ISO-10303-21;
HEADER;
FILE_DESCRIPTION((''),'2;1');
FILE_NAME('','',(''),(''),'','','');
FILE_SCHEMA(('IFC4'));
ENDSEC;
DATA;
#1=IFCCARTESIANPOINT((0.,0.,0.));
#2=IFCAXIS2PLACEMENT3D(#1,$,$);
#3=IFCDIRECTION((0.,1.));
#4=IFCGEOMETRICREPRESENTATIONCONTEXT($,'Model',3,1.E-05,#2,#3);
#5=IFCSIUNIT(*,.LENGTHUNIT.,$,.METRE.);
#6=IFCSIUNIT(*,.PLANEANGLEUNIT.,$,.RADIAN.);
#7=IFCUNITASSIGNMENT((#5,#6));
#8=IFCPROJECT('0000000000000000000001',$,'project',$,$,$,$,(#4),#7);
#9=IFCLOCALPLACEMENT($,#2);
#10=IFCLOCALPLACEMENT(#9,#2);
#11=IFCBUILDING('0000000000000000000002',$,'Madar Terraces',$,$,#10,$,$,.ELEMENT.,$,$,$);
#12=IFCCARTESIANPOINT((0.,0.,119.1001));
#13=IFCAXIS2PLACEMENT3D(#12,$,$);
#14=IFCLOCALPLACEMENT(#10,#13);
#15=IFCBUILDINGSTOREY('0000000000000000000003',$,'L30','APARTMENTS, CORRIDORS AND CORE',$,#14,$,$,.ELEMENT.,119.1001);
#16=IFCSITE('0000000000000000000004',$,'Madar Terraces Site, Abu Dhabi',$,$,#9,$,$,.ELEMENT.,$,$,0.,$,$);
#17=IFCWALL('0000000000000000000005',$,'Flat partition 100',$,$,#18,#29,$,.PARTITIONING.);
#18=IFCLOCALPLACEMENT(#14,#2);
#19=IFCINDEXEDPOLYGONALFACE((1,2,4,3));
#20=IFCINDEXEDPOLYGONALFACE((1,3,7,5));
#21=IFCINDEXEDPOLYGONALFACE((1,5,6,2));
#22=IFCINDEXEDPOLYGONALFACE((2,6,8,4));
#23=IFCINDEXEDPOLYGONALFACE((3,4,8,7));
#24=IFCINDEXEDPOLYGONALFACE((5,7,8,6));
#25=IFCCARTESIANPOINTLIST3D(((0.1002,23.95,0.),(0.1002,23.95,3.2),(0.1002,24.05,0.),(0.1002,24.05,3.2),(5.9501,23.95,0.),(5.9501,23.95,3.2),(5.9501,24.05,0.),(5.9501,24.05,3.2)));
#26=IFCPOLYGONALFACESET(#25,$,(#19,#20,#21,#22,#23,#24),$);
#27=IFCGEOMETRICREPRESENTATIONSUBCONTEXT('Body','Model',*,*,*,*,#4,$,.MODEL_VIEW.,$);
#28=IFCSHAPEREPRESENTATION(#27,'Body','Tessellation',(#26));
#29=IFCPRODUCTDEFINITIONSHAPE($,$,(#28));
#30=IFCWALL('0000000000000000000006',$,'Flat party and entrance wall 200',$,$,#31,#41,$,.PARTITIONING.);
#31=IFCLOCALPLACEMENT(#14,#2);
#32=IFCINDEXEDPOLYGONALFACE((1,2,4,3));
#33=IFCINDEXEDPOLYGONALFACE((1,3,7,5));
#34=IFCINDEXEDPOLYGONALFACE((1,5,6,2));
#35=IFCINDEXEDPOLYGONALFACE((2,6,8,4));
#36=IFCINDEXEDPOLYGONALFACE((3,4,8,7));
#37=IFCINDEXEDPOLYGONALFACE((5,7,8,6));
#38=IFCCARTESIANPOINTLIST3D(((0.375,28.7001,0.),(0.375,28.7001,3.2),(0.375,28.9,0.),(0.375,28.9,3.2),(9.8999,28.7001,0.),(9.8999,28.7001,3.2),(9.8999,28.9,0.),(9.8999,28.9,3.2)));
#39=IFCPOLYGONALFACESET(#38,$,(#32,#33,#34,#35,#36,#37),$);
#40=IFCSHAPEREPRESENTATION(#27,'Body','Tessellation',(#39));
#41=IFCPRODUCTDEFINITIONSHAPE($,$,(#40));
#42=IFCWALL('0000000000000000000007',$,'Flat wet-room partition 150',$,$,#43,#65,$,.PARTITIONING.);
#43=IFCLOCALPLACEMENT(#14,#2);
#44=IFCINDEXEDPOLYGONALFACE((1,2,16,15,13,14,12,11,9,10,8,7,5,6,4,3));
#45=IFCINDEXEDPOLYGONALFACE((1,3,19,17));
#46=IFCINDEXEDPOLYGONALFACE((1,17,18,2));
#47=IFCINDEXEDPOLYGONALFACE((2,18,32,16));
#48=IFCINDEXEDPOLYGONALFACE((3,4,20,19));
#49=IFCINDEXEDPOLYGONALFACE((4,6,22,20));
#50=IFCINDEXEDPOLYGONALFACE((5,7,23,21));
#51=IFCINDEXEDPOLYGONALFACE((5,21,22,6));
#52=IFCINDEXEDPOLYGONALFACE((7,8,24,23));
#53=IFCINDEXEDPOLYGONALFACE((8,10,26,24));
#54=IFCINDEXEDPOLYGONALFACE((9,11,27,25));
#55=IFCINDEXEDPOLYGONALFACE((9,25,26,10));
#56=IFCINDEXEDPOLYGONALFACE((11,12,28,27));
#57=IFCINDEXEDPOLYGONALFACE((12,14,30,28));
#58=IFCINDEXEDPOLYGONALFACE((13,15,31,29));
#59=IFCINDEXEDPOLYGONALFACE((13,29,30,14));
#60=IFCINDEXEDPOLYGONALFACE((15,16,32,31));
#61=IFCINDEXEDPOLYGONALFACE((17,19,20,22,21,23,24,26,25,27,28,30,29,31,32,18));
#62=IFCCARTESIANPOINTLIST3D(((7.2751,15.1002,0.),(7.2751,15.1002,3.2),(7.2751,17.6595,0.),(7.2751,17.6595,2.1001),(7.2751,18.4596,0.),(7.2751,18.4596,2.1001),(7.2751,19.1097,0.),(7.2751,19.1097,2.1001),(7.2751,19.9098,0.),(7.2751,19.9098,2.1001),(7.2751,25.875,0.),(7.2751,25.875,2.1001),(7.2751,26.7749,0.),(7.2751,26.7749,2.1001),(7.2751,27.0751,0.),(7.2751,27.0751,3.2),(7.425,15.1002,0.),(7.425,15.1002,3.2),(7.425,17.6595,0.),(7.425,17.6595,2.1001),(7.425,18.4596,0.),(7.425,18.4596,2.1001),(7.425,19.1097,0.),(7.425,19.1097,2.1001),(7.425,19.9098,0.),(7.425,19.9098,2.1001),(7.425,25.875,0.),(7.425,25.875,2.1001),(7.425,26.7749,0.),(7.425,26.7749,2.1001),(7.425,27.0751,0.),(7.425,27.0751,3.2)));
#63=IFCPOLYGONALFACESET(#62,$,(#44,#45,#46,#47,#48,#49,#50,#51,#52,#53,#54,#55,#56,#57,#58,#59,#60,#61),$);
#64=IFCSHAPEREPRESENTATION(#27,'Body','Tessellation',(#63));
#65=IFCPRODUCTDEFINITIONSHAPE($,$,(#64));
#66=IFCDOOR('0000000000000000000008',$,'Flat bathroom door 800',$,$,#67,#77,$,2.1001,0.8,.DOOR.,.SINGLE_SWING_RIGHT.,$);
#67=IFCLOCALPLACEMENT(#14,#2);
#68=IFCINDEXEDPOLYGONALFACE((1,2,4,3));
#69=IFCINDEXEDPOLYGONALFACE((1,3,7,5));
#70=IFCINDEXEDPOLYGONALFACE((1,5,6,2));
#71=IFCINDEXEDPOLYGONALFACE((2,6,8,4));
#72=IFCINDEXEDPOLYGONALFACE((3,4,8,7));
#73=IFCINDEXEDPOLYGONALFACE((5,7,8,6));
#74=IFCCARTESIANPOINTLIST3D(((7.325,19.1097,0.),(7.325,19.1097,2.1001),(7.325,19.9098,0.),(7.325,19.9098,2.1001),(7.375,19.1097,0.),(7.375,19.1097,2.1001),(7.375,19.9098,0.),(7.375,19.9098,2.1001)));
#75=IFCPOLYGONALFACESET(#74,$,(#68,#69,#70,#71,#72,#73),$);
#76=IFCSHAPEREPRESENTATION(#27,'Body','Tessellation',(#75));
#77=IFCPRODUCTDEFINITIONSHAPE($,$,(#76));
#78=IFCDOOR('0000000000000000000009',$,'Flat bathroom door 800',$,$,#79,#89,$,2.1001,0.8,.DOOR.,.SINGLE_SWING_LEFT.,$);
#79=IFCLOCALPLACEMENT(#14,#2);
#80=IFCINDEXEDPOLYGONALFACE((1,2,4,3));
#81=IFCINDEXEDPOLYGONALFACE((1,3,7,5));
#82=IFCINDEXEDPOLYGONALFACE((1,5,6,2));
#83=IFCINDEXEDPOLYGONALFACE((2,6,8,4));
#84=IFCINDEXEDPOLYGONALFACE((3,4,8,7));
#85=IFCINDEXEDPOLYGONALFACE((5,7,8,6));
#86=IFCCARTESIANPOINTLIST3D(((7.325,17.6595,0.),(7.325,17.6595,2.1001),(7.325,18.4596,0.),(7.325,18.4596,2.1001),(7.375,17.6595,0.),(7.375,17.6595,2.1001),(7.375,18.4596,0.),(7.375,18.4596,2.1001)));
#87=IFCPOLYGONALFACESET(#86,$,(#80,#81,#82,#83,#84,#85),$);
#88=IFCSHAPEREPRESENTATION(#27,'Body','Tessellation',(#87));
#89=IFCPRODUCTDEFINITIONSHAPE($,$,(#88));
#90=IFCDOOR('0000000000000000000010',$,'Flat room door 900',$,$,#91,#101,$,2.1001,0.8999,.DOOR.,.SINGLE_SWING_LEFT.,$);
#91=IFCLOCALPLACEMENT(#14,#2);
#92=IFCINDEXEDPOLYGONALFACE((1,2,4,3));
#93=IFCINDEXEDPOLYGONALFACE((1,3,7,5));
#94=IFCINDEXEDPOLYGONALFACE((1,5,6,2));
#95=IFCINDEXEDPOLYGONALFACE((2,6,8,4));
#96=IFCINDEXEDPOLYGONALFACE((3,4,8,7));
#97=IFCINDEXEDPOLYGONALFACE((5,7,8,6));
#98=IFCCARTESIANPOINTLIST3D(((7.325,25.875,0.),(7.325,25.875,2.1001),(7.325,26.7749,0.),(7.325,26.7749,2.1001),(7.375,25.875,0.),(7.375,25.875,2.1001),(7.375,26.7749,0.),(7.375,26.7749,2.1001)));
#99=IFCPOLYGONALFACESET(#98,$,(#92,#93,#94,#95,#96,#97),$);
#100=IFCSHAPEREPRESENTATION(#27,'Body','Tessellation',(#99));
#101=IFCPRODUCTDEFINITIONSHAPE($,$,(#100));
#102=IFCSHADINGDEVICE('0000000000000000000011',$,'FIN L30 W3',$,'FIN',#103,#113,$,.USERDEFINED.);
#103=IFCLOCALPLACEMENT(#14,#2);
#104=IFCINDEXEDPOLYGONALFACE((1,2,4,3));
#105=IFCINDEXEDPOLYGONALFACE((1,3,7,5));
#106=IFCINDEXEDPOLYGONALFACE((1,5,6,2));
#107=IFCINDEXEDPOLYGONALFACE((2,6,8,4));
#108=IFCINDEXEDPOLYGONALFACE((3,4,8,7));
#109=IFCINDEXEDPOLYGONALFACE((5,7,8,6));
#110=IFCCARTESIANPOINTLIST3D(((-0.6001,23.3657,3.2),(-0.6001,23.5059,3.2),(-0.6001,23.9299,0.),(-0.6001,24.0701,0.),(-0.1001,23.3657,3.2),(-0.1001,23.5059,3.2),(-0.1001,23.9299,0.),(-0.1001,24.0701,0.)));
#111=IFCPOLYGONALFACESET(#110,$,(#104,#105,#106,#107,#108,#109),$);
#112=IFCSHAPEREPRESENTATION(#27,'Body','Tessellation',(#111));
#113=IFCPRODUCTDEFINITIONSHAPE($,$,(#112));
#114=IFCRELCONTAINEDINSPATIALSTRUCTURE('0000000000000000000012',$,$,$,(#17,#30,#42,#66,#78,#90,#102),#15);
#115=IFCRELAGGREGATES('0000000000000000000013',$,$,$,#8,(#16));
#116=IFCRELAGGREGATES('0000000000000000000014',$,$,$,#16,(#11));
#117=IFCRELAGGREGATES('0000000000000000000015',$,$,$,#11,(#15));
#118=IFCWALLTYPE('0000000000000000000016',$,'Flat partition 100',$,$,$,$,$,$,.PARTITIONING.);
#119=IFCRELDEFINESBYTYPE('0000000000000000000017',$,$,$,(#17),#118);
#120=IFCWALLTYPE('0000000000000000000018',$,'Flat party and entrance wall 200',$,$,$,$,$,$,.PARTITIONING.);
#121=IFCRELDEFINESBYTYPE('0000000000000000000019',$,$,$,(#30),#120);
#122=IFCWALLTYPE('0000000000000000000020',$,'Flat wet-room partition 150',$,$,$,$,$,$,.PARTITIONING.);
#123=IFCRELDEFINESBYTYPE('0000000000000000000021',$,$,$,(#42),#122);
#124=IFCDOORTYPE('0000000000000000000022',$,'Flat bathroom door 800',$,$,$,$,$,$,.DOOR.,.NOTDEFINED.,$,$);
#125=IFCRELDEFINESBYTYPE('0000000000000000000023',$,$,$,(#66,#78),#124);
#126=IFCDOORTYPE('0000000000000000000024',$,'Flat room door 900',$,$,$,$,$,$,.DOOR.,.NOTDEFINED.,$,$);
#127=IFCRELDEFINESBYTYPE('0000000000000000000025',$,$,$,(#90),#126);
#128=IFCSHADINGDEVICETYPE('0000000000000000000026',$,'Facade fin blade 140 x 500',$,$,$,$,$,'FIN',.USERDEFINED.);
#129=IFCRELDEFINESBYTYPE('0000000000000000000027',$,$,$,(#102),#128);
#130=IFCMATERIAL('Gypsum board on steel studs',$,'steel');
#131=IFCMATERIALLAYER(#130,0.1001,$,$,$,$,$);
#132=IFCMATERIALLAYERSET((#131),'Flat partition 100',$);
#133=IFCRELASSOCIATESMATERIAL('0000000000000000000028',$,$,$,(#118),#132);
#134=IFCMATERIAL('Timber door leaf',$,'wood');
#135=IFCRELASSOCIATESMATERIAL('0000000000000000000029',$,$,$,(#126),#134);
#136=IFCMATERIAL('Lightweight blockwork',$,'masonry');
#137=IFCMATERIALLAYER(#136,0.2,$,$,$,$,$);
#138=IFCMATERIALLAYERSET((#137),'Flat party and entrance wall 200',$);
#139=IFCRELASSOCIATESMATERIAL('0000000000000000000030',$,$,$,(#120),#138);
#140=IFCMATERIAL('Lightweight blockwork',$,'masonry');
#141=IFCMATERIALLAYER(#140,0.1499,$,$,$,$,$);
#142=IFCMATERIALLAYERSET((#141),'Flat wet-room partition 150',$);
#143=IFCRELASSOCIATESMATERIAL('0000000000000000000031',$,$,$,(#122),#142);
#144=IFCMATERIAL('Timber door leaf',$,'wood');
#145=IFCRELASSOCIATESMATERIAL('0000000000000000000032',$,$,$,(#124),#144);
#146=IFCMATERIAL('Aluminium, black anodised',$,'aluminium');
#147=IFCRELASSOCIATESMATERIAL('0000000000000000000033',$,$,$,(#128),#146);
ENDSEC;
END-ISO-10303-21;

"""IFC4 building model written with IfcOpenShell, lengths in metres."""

from ifc_helpers import new_model, si_unit, direction, frame, frame_2d, origin, place, context, subcontext, project, spatial, polyline, rectangle, outline, extrude, material, layer, layer_set, type_object, element, fill, save


model = new_model("IFC4")

# Units and contexts
model_context = context("Model", 3, precision=1e-05, world=origin(), true_north=direction((0.0, 1.0)))
body_context = subcontext(model_context, "Body", "Model", "MODEL_VIEW")
ifc_project = project(units=[si_unit("LENGTHUNIT", "METRE"), si_unit("PLANEANGLEUNIT", "RADIAN")], contexts=[model_context])

# Site, building, storey
site_placement = place(None, origin())
site = spatial("IfcSite", under=ifc_project, at=site_placement, Name="Madar Terraces Site, Abu Dhabi", CompositionType="ELEMENT", RefElevation=0.0)
building_placement = place(site_placement, origin())
building = spatial("IfcBuilding", under=site, at=building_placement, Name="Madar Terraces", CompositionType="ELEMENT")
storey_placement = place(building_placement, frame((0.0, 0.0, 119.1001)))
storey = spatial("IfcBuildingStorey", under=building, at=storey_placement, Name="L30", Description="APARTMENTS, CORRIDORS AND CORE", CompositionType="ELEMENT", Elevation=119.1001)

# Shared definitions
ifc_material_1 = material(Name="Gypsum board on steel studs", Category="steel")
ifc_layer_1 = layer(ifc_material_1, 0.1001)
ifc_layer_set_1 = layer_set([ifc_layer_1], Name="Flat partition 100")
wall_type_1 = type_object("IfcWallType", Name="Flat partition 100", PredefinedType="PARTITIONING", material=ifc_layer_set_1)
ifc_material_2 = material(Name="Timber door leaf", Category="wood")
door_type_1 = type_object("IfcDoorType", Name="Flat room door 900", OperationType="NOTDEFINED", PredefinedType="DOOR", material=ifc_material_2)

# Walls
wall_1_placement = place(storey_placement, frame((5.95, 24.0, 0.0), z_axis=(0.0, 0.0, 1.0), x_axis=(-1.0, 0.0, 0.0)))
element("IfcWall", 1, at=wall_1_placement, inside=storey, type_object=wall_type_1, Name="Flat partition 100", PredefinedType="PARTITIONING", context=body_context, shape_type="SweptSolid", body=[
    extrude(rectangle(XDim=5.8499, YDim=0.1001, at=frame_2d((2.9248, 0.0))), origin(), (0.0, 0.0, 1.0), 3.2),
])
ifc_material_3 = material(Name="Lightweight blockwork", Category="masonry")
ifc_layer_2 = layer(ifc_material_3, 0.2)
ifc_layer_set_2 = layer_set([ifc_layer_2], Name="Flat party and entrance wall 200")
wall_type_2 = type_object("IfcWallType", Name="Flat party and entrance wall 200", PredefinedType="PARTITIONING", material=ifc_layer_set_2)
wall_2_placement = place(storey_placement, frame((0.375, 28.8, 0.0), z_axis=(0.0, 0.0, 1.0), x_axis=(1.0, 0.0, 0.0)))
element("IfcWall", 2, at=wall_2_placement, inside=storey, type_object=wall_type_2, Name="Flat party and entrance wall 200", PredefinedType="PARTITIONING", context=body_context, shape_type="SweptSolid", body=[
    extrude(rectangle(XDim=9.5249, YDim=0.2, at=frame_2d((4.7625, 0.0))), origin(), (0.0, 0.0, 1.0), 3.2),
])

# Wall, openings, doors
ifc_material_4 = material(Name="Lightweight blockwork", Category="masonry")
ifc_layer_3 = layer(ifc_material_4, 0.1499)
ifc_layer_set_3 = layer_set([ifc_layer_3], Name="Flat wet-room partition 150")
wall_type_3 = type_object("IfcWallType", Name="Flat wet-room partition 150", PredefinedType="PARTITIONING", material=ifc_layer_set_3)
wall_3_placement = place(storey_placement, frame((7.3501, 27.075, 0.0), z_axis=(0.0, 0.0, 1.0), x_axis=(0.0, -1.0, 0.0)))
wall_3 = element("IfcWall", 3, at=wall_3_placement, inside=storey, type_object=wall_type_3, Name="Flat wet-room partition 150", PredefinedType="PARTITIONING", context=body_context, shape_type="SweptSolid", body=[
    extrude(rectangle(XDim=11.9749, YDim=0.1499, at=frame_2d((5.9873, 0.0))), origin(), (0.0, 0.0, 1.0), 3.2),
])
opening_1_placement = place(wall_3_placement, frame((0.3, 0.0, 0.0)))
opening_1 = element("IfcOpeningElement", 4, at=opening_1_placement, cuts=wall_3, PredefinedType="OPENING", context=body_context, shape_type="SweptSolid", body=[
    extrude(rectangle(XDim=0.8999, YDim=2.1001, at=frame_2d((0.45, 1.05))), frame((0.0, 0.085, 0.0), z_axis=(0.0, -1.0, 0.0), x_axis=(1.0, 0.0, 0.0)), (0.0, 0.0, 1.0), 0.1699),
])
opening_2_placement = place(wall_3_placement, frame((7.1653, 0.0, 0.0)))
opening_2 = element("IfcOpeningElement", 5, at=opening_2_placement, cuts=wall_3, PredefinedType="OPENING", context=body_context, shape_type="SweptSolid", body=[
    extrude(rectangle(XDim=0.8, YDim=2.1001, at=frame_2d((0.3999, 1.05))), frame((0.0, 0.085, 0.0), z_axis=(0.0, -1.0, 0.0), x_axis=(1.0, 0.0, 0.0)), (0.0, 0.0, 1.0), 0.1699),
])
opening_3_placement = place(wall_3_placement, frame((8.6155, 0.0, 0.0)))
opening_3 = element("IfcOpeningElement", 6, at=opening_3_placement, cuts=wall_3, PredefinedType="OPENING", context=body_context, shape_type="SweptSolid", body=[
    extrude(rectangle(XDim=0.8, YDim=2.1001, at=frame_2d((0.3999, 1.05))), frame((0.0, 0.085, 0.0), z_axis=(0.0, -1.0, 0.0), x_axis=(1.0, 0.0, 0.0)), (0.0, 0.0, 1.0), 0.1699),
])
ifc_material_5 = material(Name="Timber door leaf", Category="wood")
door_type_2 = type_object("IfcDoorType", Name="Flat bathroom door 800", OperationType="NOTDEFINED", PredefinedType="DOOR", material=ifc_material_5)
door_1_placement = place(opening_2_placement, origin())
door_1 = element("IfcDoor", 7, at=door_1_placement, inside=storey, type_object=door_type_2, Name="Flat bathroom door 800", OperationType="SINGLE_SWING_RIGHT", OverallHeight=2.1001, OverallWidth=0.8, PredefinedType="DOOR", context=body_context, shape_type="SweptSolid", body=[
    extrude(rectangle(XDim=0.8, YDim=2.1001, at=frame_2d((0.3999, 1.05))), frame((0.0, 0.0249, 0.0), z_axis=(0.0, -1.0, 0.0), x_axis=(1.0, 0.0, 0.0)), (0.0, 0.0, 1.0), 0.05),
])
fill(opening_2, door_1)
door_2_placement = place(opening_3_placement, origin())
door_2 = element("IfcDoor", 8, at=door_2_placement, inside=storey, type_object=door_type_2, Name="Flat bathroom door 800", OperationType="SINGLE_SWING_LEFT", OverallHeight=2.1001, OverallWidth=0.8, PredefinedType="DOOR", context=body_context, shape_type="SweptSolid", body=[
    extrude(rectangle(XDim=0.8, YDim=2.1001, at=frame_2d((0.3999, 1.05))), frame((0.0, 0.0249, 0.0), z_axis=(0.0, -1.0, 0.0), x_axis=(1.0, 0.0, 0.0)), (0.0, 0.0, 1.0), 0.05),
])
fill(opening_3, door_2)
door_3_placement = place(opening_1_placement, origin())
door_3 = element("IfcDoor", 9, at=door_3_placement, inside=storey, type_object=door_type_1, Name="Flat room door 900", OperationType="SINGLE_SWING_LEFT", OverallHeight=2.1001, OverallWidth=0.8999, PredefinedType="DOOR", context=body_context, shape_type="SweptSolid", body=[
    extrude(rectangle(XDim=0.8999, YDim=2.1001, at=frame_2d((0.45, 1.05))), frame((0.0, 0.0249, 0.0), z_axis=(0.0, -1.0, 0.0), x_axis=(1.0, 0.0, 0.0)), (0.0, 0.0, 1.0), 0.05),
])
fill(opening_1, door_3)

# Shading device
ifc_material_6 = material(Name="Aluminium, black anodised", Category="aluminium")
shading_device_type = type_object("IfcShadingDeviceType", Name="Facade fin blade 140 x 500", ElementType="FIN", PredefinedType="USERDEFINED", material=ifc_material_6)
shading_device_placement = place(storey_placement, frame((-0.3501, 24.0701, 0.0), z_axis=(0.0, 0.0, 1.0), x_axis=(0.0, -1.0, 0.0)))
element("IfcShadingDevice", 10, at=shading_device_placement, inside=storey, type_object=shading_device_type, Name="FIN L30 W3", ObjectType="FIN", PredefinedType="USERDEFINED", context=body_context, shape_type="SweptSolid", body=[
    extrude(outline(polyline([(0.0, 0.0), (0.1401, 0.0), (0.7043, 3.2), (0.5642, 3.2), (0.0, 0.0)])), frame((0.0, 0.25, 0.0), z_axis=(0.0, -1.0, 0.0), x_axis=(1.0, 0.0, 0.0)), (0.0, 0.0, 1.0), 0.5),
])

save(model, "model.ifc")
